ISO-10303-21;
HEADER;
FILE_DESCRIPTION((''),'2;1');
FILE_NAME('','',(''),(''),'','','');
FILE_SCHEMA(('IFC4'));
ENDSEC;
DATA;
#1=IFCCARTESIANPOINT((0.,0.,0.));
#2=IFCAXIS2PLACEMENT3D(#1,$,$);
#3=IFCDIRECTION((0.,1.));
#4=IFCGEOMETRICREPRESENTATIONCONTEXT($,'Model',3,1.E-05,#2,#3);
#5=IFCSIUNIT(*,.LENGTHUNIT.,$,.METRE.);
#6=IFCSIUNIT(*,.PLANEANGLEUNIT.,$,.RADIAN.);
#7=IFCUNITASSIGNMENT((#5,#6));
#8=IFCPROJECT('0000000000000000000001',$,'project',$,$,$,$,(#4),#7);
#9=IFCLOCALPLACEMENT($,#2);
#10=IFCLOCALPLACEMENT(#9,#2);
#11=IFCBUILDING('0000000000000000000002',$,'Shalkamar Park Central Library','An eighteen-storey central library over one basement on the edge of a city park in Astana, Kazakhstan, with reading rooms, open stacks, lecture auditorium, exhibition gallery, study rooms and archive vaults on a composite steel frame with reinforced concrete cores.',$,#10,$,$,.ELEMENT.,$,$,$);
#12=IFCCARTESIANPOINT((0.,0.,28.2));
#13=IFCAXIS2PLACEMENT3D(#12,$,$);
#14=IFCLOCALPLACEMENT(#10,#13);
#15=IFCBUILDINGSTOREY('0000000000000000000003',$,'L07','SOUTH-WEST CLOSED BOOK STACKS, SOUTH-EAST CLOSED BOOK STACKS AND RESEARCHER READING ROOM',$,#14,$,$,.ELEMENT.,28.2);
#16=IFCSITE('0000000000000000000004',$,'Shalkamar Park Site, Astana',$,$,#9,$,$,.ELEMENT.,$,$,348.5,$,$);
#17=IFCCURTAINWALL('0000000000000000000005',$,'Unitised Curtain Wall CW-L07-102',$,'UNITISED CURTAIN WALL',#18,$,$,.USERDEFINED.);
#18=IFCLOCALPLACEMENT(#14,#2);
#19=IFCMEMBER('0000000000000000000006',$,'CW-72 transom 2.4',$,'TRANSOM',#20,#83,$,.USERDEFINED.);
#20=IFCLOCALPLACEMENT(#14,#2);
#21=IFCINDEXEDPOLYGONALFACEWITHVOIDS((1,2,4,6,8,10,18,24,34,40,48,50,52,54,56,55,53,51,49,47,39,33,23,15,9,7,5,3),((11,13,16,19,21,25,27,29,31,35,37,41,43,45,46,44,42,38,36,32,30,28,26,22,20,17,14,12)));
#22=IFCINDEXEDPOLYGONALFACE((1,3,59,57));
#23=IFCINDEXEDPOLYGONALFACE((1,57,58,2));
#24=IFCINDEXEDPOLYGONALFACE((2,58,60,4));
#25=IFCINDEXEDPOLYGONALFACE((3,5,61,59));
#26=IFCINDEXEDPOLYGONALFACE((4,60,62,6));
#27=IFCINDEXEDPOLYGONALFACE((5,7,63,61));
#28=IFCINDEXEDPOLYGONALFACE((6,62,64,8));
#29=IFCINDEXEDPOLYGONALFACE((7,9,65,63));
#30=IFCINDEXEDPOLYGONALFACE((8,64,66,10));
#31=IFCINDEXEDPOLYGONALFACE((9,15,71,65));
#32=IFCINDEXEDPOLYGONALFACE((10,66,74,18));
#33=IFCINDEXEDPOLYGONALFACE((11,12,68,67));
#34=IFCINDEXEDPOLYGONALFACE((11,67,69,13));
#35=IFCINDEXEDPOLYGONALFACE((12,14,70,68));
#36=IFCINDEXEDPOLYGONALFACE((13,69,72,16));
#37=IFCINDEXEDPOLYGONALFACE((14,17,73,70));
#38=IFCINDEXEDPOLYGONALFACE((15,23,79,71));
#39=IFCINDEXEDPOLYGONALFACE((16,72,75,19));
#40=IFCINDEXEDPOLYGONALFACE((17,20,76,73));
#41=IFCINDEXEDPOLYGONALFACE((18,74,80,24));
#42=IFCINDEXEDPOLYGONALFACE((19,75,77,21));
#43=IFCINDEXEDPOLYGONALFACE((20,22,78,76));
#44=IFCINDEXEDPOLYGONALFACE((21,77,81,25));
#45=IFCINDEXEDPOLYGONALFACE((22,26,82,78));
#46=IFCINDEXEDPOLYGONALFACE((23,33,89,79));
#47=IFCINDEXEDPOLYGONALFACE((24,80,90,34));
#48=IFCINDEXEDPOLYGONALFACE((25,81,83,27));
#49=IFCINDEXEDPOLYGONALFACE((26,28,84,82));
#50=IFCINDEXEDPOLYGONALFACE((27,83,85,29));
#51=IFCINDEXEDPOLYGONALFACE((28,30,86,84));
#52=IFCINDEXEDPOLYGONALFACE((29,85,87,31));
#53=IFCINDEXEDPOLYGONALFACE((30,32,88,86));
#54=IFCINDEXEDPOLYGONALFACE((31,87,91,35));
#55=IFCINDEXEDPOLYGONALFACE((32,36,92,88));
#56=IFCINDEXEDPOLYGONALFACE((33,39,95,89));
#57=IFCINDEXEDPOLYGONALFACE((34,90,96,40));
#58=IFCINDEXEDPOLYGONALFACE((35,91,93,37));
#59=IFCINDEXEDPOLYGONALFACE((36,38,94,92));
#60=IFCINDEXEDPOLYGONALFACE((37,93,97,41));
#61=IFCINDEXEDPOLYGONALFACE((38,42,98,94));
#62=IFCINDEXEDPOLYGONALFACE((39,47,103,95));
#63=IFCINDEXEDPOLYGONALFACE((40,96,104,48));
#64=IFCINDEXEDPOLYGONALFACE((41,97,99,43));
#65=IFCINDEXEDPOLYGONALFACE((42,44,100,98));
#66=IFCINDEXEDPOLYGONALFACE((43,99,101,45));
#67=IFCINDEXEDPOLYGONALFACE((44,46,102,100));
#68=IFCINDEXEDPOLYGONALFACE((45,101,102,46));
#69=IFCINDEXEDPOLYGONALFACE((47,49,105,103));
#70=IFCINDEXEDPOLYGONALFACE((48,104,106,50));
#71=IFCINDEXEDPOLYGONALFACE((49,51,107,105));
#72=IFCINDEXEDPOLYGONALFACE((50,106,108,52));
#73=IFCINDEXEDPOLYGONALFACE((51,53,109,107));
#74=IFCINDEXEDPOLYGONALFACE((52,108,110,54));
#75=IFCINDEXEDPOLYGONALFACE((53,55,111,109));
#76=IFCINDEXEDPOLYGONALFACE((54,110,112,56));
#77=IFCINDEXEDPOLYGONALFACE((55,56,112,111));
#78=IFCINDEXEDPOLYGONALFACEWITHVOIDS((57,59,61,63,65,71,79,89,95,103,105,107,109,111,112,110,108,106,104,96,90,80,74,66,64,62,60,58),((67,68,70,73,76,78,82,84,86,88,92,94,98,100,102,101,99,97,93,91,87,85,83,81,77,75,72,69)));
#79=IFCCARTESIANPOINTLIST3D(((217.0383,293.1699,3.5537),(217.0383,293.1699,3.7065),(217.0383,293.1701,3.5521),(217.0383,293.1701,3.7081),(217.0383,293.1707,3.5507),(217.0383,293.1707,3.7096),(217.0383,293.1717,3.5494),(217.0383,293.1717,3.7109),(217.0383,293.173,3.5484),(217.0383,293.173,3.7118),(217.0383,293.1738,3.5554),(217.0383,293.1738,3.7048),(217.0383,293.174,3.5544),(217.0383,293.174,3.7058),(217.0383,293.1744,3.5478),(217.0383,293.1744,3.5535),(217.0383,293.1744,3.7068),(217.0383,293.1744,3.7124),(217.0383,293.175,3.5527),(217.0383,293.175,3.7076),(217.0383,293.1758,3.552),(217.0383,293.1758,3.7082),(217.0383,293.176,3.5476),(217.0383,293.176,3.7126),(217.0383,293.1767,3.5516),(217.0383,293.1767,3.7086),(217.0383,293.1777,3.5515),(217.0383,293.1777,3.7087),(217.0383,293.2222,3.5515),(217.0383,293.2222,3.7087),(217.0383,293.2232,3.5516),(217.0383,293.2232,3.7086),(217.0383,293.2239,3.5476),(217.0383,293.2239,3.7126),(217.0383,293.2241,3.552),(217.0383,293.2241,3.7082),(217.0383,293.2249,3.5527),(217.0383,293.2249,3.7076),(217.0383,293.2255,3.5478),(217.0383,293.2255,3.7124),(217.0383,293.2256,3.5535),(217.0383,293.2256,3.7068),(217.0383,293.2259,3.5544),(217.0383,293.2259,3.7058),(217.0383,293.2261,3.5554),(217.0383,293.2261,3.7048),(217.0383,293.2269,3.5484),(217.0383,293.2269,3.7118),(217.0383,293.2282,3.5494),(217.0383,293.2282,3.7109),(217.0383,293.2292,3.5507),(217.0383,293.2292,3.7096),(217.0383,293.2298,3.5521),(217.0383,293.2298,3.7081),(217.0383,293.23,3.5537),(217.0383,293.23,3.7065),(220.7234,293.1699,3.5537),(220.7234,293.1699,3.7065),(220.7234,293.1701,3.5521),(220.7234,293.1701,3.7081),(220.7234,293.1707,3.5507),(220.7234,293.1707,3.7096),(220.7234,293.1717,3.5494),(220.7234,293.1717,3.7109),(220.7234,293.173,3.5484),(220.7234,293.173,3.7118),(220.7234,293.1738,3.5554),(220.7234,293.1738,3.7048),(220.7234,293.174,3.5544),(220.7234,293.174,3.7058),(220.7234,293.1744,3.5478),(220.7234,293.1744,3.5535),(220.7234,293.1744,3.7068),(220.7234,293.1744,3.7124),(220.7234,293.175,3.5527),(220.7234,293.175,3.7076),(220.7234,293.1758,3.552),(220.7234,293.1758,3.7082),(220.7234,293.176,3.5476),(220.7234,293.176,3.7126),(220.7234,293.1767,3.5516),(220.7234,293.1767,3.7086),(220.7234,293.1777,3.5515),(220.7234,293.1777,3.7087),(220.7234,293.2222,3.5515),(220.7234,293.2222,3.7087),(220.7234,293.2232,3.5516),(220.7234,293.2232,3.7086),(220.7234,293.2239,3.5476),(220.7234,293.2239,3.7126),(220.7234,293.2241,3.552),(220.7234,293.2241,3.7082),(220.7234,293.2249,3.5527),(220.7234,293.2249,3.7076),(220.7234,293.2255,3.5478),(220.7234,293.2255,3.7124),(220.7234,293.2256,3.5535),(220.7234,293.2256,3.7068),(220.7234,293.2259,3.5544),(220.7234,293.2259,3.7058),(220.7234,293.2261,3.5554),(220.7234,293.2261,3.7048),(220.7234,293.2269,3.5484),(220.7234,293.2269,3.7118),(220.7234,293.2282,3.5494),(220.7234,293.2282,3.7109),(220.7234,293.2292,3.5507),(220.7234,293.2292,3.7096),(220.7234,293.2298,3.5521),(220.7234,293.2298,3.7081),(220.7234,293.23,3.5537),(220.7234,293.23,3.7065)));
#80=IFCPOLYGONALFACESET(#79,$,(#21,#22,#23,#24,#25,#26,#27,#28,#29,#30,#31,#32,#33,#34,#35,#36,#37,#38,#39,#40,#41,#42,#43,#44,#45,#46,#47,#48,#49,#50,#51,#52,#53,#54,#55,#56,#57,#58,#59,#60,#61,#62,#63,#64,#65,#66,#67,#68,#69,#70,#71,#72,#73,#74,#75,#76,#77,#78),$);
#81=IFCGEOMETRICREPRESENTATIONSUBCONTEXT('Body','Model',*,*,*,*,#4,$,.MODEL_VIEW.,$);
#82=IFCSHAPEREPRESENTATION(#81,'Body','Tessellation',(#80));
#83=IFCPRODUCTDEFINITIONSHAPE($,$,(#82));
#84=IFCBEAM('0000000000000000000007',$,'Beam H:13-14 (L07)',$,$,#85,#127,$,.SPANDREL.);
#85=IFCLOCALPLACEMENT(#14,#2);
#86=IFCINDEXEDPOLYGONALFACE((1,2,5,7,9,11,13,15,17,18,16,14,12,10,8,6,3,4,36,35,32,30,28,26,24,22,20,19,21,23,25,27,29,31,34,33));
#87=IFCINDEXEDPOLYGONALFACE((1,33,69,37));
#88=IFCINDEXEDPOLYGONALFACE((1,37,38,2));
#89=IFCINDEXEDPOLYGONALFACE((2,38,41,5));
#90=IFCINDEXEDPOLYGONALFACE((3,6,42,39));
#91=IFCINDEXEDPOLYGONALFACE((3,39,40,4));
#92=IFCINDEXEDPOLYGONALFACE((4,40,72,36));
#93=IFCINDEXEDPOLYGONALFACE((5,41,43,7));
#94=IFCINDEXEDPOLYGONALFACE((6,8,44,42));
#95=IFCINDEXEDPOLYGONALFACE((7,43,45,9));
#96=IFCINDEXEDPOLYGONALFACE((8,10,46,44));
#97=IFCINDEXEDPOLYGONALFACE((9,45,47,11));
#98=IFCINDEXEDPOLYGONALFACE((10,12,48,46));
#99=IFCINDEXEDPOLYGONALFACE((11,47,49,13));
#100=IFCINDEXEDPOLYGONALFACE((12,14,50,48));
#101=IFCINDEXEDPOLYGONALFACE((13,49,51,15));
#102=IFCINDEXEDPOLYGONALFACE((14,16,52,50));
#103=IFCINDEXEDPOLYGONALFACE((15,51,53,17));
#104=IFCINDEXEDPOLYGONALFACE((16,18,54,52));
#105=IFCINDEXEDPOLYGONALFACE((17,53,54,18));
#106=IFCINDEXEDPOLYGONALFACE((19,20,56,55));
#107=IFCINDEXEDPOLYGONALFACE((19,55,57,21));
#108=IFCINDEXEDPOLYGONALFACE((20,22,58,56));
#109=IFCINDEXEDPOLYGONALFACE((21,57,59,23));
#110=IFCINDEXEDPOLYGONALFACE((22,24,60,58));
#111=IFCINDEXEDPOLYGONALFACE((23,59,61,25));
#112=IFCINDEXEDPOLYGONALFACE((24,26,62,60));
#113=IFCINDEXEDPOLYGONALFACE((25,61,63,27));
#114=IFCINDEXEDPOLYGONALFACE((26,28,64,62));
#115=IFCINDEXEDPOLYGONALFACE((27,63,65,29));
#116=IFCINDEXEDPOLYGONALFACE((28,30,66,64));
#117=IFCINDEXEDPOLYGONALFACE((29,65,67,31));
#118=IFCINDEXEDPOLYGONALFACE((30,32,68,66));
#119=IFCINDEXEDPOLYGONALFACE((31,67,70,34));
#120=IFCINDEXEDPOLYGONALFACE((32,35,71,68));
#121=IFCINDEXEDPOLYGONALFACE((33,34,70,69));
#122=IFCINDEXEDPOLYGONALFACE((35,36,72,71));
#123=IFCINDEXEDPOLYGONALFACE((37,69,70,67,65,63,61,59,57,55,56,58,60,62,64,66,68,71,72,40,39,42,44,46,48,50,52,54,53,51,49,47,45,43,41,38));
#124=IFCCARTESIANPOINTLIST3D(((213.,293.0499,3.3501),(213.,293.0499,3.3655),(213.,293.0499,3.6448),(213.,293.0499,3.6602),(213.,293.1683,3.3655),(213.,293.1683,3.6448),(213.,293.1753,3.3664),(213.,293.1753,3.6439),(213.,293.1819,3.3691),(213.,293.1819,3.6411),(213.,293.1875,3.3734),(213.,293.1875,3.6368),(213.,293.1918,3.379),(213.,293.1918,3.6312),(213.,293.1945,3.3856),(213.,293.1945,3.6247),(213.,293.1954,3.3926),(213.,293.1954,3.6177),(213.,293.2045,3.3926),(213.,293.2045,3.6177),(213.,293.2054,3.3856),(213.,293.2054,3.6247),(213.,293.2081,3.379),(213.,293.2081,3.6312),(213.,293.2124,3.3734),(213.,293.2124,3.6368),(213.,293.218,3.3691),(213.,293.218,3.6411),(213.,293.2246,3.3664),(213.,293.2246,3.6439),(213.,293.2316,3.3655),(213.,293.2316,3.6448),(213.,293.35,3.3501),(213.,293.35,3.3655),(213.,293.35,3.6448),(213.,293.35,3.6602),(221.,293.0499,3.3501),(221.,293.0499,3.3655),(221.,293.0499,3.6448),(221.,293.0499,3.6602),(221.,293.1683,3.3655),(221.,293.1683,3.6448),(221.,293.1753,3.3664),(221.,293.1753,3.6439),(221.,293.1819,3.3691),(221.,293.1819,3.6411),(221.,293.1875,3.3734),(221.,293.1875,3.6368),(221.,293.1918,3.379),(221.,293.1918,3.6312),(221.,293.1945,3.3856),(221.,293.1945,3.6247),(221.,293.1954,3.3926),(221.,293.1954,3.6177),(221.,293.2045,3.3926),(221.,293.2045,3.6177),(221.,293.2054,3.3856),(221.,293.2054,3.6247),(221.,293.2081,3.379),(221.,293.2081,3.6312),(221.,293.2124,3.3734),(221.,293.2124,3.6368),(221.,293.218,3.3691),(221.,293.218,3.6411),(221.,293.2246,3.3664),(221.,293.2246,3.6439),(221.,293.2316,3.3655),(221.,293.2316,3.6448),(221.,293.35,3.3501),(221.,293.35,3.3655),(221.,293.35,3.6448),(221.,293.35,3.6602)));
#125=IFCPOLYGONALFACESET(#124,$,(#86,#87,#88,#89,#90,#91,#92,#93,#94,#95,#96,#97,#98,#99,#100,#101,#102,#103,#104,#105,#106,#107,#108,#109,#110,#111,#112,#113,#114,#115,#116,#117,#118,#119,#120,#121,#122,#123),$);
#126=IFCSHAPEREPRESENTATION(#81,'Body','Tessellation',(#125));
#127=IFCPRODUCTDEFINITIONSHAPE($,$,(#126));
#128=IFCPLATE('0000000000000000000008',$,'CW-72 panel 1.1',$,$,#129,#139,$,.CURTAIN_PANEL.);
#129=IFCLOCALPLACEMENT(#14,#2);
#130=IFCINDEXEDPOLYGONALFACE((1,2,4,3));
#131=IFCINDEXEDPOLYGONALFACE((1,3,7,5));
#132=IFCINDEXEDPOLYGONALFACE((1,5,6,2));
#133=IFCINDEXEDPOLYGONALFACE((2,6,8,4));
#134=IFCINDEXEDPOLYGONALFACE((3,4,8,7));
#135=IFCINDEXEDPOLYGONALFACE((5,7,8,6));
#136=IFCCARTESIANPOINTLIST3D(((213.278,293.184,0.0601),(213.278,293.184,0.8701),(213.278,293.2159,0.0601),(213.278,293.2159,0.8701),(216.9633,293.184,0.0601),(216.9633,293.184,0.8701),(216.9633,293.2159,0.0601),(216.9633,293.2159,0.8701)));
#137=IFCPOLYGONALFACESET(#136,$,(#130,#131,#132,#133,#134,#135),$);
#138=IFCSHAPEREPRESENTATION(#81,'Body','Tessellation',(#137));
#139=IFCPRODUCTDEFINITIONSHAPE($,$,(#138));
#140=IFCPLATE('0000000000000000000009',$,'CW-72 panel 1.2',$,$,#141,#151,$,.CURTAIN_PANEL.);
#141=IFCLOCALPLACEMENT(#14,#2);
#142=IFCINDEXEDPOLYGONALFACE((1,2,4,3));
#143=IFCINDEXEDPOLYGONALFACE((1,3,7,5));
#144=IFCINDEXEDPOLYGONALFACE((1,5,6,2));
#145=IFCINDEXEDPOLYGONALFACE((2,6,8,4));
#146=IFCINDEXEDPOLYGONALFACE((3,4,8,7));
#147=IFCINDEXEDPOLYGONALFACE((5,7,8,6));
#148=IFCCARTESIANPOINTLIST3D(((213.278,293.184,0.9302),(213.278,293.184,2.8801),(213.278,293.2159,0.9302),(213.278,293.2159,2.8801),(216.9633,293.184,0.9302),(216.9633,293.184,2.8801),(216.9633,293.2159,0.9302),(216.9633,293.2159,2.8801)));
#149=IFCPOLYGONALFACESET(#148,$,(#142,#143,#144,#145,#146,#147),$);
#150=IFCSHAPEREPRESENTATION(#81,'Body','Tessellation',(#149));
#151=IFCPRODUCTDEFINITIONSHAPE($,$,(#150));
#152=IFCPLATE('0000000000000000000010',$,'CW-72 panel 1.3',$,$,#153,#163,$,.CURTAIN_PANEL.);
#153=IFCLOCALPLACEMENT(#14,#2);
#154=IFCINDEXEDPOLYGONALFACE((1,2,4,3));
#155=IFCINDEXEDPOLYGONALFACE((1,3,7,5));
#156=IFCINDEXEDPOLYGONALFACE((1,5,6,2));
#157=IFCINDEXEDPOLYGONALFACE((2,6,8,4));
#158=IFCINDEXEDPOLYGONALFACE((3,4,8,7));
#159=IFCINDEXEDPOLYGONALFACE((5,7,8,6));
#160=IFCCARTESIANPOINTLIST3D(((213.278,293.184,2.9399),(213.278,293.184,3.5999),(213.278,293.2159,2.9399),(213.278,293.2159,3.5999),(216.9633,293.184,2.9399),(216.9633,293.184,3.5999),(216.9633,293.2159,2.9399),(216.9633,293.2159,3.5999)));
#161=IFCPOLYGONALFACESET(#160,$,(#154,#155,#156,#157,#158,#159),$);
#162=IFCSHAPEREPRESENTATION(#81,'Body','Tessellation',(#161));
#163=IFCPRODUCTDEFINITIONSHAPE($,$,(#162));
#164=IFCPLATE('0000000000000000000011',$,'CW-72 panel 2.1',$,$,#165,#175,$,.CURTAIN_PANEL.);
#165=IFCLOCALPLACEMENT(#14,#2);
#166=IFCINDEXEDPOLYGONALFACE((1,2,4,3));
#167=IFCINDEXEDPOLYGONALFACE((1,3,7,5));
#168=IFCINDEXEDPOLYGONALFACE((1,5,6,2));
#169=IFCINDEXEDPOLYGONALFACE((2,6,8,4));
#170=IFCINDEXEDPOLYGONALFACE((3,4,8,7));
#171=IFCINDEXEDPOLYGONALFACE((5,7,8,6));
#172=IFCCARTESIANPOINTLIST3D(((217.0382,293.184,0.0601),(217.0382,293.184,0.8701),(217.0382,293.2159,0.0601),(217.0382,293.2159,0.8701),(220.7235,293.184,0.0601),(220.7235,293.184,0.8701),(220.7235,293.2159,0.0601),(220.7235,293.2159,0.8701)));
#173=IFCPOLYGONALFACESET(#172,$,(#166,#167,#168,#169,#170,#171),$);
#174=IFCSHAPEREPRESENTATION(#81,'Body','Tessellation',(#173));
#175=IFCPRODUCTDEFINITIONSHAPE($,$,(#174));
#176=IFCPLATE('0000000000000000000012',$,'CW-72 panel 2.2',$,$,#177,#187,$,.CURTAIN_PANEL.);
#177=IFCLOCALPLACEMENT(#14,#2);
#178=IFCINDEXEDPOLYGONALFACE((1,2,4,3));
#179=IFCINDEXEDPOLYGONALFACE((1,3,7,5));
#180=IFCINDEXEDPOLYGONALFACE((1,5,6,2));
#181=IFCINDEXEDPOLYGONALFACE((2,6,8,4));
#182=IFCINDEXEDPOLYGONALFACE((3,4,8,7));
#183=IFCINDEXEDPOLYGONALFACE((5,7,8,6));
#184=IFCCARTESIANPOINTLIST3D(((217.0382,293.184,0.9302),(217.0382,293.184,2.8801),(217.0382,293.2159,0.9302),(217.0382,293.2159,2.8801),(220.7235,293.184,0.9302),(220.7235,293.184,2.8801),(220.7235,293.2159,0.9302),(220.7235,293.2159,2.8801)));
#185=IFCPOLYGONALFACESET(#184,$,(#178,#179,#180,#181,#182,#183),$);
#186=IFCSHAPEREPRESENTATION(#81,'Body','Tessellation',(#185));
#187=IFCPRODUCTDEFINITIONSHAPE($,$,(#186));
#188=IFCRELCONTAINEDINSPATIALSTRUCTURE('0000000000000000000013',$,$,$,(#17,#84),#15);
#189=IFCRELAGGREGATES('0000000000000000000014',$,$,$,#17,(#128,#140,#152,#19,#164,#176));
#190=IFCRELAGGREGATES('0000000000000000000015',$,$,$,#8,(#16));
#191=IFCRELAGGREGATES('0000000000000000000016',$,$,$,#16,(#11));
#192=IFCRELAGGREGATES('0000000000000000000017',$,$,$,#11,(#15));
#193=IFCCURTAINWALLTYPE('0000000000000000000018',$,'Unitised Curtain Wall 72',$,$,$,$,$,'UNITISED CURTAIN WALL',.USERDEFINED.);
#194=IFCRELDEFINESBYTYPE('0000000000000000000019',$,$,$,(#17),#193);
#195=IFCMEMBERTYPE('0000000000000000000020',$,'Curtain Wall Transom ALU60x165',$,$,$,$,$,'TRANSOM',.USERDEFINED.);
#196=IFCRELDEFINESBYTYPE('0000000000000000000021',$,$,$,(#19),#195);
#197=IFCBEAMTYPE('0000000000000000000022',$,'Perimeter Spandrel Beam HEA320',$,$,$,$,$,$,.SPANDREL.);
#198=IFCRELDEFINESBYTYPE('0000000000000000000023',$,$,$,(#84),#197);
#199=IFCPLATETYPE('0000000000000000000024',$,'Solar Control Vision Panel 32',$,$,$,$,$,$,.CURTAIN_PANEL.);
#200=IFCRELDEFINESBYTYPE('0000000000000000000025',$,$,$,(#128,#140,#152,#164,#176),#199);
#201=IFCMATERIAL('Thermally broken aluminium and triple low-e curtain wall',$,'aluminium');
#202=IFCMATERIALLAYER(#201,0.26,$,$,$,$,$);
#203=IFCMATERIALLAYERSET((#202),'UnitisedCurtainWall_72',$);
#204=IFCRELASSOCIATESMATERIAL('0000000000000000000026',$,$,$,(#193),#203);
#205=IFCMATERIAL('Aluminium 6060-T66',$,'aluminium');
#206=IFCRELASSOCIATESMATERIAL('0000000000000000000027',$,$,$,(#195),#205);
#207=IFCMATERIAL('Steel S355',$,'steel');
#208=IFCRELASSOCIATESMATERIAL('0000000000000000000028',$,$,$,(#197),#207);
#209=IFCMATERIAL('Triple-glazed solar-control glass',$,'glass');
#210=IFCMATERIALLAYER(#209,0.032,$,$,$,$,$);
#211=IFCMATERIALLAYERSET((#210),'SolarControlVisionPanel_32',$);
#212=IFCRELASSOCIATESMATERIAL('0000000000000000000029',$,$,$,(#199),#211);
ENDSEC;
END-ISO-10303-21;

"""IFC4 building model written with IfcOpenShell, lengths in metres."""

from ifc_helpers import new_model, si_unit, direction, frame, origin, origin_2d, place, context, subcontext, project, spatial, rectangle, hollow_rectangle, i_section, extrude, material, layer, layer_set, material_profile, profile_set, type_object, element, aggregate, save


model = new_model("IFC4")

# Units and contexts
model_context = context("Model", 3, precision=1e-05, world=origin(), true_north=direction((0.0, 1.0)))
body_context = subcontext(model_context, "Body", "Model", "MODEL_VIEW")
ifc_project = project(units=[si_unit("LENGTHUNIT", "METRE"), si_unit("PLANEANGLEUNIT", "RADIAN")], contexts=[model_context])

# Site, building, storey
site_placement = place(None, origin())
site = spatial("IfcSite", under=ifc_project, at=site_placement, Name="Shalkamar Park Site, Astana", CompositionType="ELEMENT", RefElevation=348.5)
building_placement = place(site_placement, origin())
building = spatial("IfcBuilding", under=site, at=building_placement, Name="Shalkamar Park Central Library", Description="An eighteen-storey central library over one basement on the edge of a city park in Astana, Kazakhstan, with reading rooms, open stacks, lecture auditorium, exhibition gallery, study rooms and archive vaults on a composite steel frame with reinforced concrete cores.", CompositionType="ELEMENT")
storey_placement = place(building_placement, frame((0.0, 0.0, 28.2)))
storey = spatial("IfcBuildingStorey", under=building, at=storey_placement, Name="L07", Description="SOUTH-WEST CLOSED BOOK STACKS, SOUTH-EAST CLOSED BOOK STACKS AND RESEARCHER READING ROOM", CompositionType="ELEMENT", Elevation=28.2)

# Shared definitions
ifc_material_1 = material(Name="Steel S355", Category="steel")

# Shared definitions
ifc_material_2 = material(Name="Thermally broken aluminium and triple low-e curtain wall", Category="aluminium")
ifc_material_3 = material(Name="Aluminium 6060-T66", Category="aluminium")

# Curtain wall
ifc_layer_1 = layer(ifc_material_2, 0.26)
ifc_layer_set_1 = layer_set([ifc_layer_1], Name="UnitisedCurtainWall_72")
curtain_wall_type_1 = type_object("IfcCurtainWallType", Name="Unitised Curtain Wall 72", ElementType="UNITISED CURTAIN WALL", PredefinedType="USERDEFINED", material=ifc_layer_set_1)
curtain_wall_1_placement = place(storey_placement, origin())
curtain_wall_1 = element("IfcCurtainWall", 1, at=curtain_wall_1_placement, inside=storey, type_object=curtain_wall_type_1, Name="Unitised Curtain Wall CW-L07-102", ObjectType="UNITISED CURTAIN WALL", PredefinedType="USERDEFINED")

# Member
ifc_material_profile_1 = material_profile(ifc_material_3, hollow_rectangle(XDim=0.0601, YDim=0.165, WallThickness=0.0039, InnerFilletRadius=0.0039, OuterFilletRadius=0.0061, at=origin_2d()), Name="ALU 60x165x4")
ifc_profile_set_1 = profile_set([ifc_material_profile_1], Name="Aluminium 6060-T66")
member_type_1 = type_object("IfcMemberType", Name="Curtain Wall Transom ALU60x165", ElementType="TRANSOM", PredefinedType="USERDEFINED", material=ifc_profile_set_1)
member_1_placement = place(storey_placement, frame((217.0383, 293.2, 3.6301), z_axis=(1.0, 0.0, 0.0), x_axis=(0.0, 1.0, 0.0)))
member_1 = element("IfcMember", 2, at=member_1_placement, type_object=member_type_1, Name="CW-72 transom 2.4", ObjectType="TRANSOM", PredefinedType="USERDEFINED", context=body_context, shape_type="SweptSolid", body=[
    extrude(hollow_rectangle(XDim=0.0601, YDim=0.165, WallThickness=0.0039, InnerFilletRadius=0.0039, OuterFilletRadius=0.0061, at=origin_2d()), origin(), (0.0, 0.0, 1.0), 3.6851),
])

# Beam
ifc_material_profile_2 = material_profile(ifc_material_1, i_section(OverallWidth=0.3, OverallDepth=0.3101, WebThickness=0.009, FlangeThickness=0.0154, FilletRadius=0.0271, at=origin_2d()), Name="HEA 320")
ifc_profile_set_2 = profile_set([ifc_material_profile_2], Name="Steel S355")
beam_type = type_object("IfcBeamType", Name="Perimeter Spandrel Beam HEA320", PredefinedType="SPANDREL", material=ifc_profile_set_2)
beam_placement = place(storey_placement, frame((213.0, 293.2, 3.5051), z_axis=(1.0, 0.0, 0.0), x_axis=(0.0, 1.0, 0.0)))
element("IfcBeam", 3, at=beam_placement, inside=storey, type_object=beam_type, Name="Beam H:13-14 (L07)", PredefinedType="SPANDREL", context=body_context, shape_type="SweptSolid", body=[
    extrude(i_section(OverallWidth=0.3, OverallDepth=0.3101, WebThickness=0.009, FlangeThickness=0.0154, FilletRadius=0.0271, at=origin_2d()), origin(), (0.0, 0.0, 1.0), 8.0),
])

# Plates
ifc_material_4 = material(Name="Triple-glazed solar-control glass", Category="glass")
ifc_layer_2 = layer(ifc_material_4, 0.032)
ifc_layer_set_2 = layer_set([ifc_layer_2], Name="SolarControlVisionPanel_32")
plate_type_1 = type_object("IfcPlateType", Name="Solar Control Vision Panel 32", PredefinedType="CURTAIN_PANEL", material=ifc_layer_set_2)
plate_1_placement = place(storey_placement, frame((215.1206, 293.2, 0.0601), z_axis=(0.0, 0.0, 1.0), x_axis=(1.0, 0.0, 0.0)))
plate_1 = element("IfcPlate", 4, at=plate_1_placement, type_object=plate_type_1, Name="CW-72 panel 1.1", PredefinedType="CURTAIN_PANEL", context=body_context, shape_type="SweptSolid", body=[
    extrude(rectangle(XDim=3.6853, YDim=0.032, at=origin_2d()), origin(), (0.0, 0.0, 1.0), 0.8101),
])
plate_2_placement = place(storey_placement, frame((215.1206, 293.2, 0.9302), z_axis=(0.0, 0.0, 1.0), x_axis=(1.0, 0.0, 0.0)))
plate_2 = element("IfcPlate", 5, at=plate_2_placement, type_object=plate_type_1, Name="CW-72 panel 1.2", PredefinedType="CURTAIN_PANEL", context=body_context, shape_type="SweptSolid", body=[
    extrude(rectangle(XDim=3.6853, YDim=0.032, at=origin_2d()), origin(), (0.0, 0.0, 1.0), 1.95),
])
plate_3_placement = place(storey_placement, frame((215.1206, 293.2, 2.9399), z_axis=(0.0, 0.0, 1.0), x_axis=(1.0, 0.0, 0.0)))
plate_3 = element("IfcPlate", 6, at=plate_3_placement, type_object=plate_type_1, Name="CW-72 panel 1.3", PredefinedType="CURTAIN_PANEL", context=body_context, shape_type="SweptSolid", body=[
    extrude(rectangle(XDim=3.6853, YDim=0.032, at=origin_2d()), origin(), (0.0, 0.0, 1.0), 0.6599),
])
plate_4_placement = place(storey_placement, frame((218.8809, 293.2, 0.0601), z_axis=(0.0, 0.0, 1.0), x_axis=(1.0, 0.0, 0.0)))
plate_4 = element("IfcPlate", 7, at=plate_4_placement, type_object=plate_type_1, Name="CW-72 panel 2.1", PredefinedType="CURTAIN_PANEL", context=body_context, shape_type="SweptSolid", body=[
    extrude(rectangle(XDim=3.6853, YDim=0.032, at=origin_2d()), origin(), (0.0, 0.0, 1.0), 0.8101),
])
plate_5_placement = place(storey_placement, frame((218.8809, 293.2, 0.9302), z_axis=(0.0, 0.0, 1.0), x_axis=(1.0, 0.0, 0.0)))
plate_5 = element("IfcPlate", 8, at=plate_5_placement, type_object=plate_type_1, Name="CW-72 panel 2.2", PredefinedType="CURTAIN_PANEL", context=body_context, shape_type="SweptSolid", body=[
    extrude(rectangle(XDim=3.6853, YDim=0.032, at=origin_2d()), origin(), (0.0, 0.0, 1.0), 1.95),
])
aggregate(curtain_wall_1, [plate_1, plate_2, plate_3, member_1, plate_4, plate_5])

save(model, "model.ifc")
